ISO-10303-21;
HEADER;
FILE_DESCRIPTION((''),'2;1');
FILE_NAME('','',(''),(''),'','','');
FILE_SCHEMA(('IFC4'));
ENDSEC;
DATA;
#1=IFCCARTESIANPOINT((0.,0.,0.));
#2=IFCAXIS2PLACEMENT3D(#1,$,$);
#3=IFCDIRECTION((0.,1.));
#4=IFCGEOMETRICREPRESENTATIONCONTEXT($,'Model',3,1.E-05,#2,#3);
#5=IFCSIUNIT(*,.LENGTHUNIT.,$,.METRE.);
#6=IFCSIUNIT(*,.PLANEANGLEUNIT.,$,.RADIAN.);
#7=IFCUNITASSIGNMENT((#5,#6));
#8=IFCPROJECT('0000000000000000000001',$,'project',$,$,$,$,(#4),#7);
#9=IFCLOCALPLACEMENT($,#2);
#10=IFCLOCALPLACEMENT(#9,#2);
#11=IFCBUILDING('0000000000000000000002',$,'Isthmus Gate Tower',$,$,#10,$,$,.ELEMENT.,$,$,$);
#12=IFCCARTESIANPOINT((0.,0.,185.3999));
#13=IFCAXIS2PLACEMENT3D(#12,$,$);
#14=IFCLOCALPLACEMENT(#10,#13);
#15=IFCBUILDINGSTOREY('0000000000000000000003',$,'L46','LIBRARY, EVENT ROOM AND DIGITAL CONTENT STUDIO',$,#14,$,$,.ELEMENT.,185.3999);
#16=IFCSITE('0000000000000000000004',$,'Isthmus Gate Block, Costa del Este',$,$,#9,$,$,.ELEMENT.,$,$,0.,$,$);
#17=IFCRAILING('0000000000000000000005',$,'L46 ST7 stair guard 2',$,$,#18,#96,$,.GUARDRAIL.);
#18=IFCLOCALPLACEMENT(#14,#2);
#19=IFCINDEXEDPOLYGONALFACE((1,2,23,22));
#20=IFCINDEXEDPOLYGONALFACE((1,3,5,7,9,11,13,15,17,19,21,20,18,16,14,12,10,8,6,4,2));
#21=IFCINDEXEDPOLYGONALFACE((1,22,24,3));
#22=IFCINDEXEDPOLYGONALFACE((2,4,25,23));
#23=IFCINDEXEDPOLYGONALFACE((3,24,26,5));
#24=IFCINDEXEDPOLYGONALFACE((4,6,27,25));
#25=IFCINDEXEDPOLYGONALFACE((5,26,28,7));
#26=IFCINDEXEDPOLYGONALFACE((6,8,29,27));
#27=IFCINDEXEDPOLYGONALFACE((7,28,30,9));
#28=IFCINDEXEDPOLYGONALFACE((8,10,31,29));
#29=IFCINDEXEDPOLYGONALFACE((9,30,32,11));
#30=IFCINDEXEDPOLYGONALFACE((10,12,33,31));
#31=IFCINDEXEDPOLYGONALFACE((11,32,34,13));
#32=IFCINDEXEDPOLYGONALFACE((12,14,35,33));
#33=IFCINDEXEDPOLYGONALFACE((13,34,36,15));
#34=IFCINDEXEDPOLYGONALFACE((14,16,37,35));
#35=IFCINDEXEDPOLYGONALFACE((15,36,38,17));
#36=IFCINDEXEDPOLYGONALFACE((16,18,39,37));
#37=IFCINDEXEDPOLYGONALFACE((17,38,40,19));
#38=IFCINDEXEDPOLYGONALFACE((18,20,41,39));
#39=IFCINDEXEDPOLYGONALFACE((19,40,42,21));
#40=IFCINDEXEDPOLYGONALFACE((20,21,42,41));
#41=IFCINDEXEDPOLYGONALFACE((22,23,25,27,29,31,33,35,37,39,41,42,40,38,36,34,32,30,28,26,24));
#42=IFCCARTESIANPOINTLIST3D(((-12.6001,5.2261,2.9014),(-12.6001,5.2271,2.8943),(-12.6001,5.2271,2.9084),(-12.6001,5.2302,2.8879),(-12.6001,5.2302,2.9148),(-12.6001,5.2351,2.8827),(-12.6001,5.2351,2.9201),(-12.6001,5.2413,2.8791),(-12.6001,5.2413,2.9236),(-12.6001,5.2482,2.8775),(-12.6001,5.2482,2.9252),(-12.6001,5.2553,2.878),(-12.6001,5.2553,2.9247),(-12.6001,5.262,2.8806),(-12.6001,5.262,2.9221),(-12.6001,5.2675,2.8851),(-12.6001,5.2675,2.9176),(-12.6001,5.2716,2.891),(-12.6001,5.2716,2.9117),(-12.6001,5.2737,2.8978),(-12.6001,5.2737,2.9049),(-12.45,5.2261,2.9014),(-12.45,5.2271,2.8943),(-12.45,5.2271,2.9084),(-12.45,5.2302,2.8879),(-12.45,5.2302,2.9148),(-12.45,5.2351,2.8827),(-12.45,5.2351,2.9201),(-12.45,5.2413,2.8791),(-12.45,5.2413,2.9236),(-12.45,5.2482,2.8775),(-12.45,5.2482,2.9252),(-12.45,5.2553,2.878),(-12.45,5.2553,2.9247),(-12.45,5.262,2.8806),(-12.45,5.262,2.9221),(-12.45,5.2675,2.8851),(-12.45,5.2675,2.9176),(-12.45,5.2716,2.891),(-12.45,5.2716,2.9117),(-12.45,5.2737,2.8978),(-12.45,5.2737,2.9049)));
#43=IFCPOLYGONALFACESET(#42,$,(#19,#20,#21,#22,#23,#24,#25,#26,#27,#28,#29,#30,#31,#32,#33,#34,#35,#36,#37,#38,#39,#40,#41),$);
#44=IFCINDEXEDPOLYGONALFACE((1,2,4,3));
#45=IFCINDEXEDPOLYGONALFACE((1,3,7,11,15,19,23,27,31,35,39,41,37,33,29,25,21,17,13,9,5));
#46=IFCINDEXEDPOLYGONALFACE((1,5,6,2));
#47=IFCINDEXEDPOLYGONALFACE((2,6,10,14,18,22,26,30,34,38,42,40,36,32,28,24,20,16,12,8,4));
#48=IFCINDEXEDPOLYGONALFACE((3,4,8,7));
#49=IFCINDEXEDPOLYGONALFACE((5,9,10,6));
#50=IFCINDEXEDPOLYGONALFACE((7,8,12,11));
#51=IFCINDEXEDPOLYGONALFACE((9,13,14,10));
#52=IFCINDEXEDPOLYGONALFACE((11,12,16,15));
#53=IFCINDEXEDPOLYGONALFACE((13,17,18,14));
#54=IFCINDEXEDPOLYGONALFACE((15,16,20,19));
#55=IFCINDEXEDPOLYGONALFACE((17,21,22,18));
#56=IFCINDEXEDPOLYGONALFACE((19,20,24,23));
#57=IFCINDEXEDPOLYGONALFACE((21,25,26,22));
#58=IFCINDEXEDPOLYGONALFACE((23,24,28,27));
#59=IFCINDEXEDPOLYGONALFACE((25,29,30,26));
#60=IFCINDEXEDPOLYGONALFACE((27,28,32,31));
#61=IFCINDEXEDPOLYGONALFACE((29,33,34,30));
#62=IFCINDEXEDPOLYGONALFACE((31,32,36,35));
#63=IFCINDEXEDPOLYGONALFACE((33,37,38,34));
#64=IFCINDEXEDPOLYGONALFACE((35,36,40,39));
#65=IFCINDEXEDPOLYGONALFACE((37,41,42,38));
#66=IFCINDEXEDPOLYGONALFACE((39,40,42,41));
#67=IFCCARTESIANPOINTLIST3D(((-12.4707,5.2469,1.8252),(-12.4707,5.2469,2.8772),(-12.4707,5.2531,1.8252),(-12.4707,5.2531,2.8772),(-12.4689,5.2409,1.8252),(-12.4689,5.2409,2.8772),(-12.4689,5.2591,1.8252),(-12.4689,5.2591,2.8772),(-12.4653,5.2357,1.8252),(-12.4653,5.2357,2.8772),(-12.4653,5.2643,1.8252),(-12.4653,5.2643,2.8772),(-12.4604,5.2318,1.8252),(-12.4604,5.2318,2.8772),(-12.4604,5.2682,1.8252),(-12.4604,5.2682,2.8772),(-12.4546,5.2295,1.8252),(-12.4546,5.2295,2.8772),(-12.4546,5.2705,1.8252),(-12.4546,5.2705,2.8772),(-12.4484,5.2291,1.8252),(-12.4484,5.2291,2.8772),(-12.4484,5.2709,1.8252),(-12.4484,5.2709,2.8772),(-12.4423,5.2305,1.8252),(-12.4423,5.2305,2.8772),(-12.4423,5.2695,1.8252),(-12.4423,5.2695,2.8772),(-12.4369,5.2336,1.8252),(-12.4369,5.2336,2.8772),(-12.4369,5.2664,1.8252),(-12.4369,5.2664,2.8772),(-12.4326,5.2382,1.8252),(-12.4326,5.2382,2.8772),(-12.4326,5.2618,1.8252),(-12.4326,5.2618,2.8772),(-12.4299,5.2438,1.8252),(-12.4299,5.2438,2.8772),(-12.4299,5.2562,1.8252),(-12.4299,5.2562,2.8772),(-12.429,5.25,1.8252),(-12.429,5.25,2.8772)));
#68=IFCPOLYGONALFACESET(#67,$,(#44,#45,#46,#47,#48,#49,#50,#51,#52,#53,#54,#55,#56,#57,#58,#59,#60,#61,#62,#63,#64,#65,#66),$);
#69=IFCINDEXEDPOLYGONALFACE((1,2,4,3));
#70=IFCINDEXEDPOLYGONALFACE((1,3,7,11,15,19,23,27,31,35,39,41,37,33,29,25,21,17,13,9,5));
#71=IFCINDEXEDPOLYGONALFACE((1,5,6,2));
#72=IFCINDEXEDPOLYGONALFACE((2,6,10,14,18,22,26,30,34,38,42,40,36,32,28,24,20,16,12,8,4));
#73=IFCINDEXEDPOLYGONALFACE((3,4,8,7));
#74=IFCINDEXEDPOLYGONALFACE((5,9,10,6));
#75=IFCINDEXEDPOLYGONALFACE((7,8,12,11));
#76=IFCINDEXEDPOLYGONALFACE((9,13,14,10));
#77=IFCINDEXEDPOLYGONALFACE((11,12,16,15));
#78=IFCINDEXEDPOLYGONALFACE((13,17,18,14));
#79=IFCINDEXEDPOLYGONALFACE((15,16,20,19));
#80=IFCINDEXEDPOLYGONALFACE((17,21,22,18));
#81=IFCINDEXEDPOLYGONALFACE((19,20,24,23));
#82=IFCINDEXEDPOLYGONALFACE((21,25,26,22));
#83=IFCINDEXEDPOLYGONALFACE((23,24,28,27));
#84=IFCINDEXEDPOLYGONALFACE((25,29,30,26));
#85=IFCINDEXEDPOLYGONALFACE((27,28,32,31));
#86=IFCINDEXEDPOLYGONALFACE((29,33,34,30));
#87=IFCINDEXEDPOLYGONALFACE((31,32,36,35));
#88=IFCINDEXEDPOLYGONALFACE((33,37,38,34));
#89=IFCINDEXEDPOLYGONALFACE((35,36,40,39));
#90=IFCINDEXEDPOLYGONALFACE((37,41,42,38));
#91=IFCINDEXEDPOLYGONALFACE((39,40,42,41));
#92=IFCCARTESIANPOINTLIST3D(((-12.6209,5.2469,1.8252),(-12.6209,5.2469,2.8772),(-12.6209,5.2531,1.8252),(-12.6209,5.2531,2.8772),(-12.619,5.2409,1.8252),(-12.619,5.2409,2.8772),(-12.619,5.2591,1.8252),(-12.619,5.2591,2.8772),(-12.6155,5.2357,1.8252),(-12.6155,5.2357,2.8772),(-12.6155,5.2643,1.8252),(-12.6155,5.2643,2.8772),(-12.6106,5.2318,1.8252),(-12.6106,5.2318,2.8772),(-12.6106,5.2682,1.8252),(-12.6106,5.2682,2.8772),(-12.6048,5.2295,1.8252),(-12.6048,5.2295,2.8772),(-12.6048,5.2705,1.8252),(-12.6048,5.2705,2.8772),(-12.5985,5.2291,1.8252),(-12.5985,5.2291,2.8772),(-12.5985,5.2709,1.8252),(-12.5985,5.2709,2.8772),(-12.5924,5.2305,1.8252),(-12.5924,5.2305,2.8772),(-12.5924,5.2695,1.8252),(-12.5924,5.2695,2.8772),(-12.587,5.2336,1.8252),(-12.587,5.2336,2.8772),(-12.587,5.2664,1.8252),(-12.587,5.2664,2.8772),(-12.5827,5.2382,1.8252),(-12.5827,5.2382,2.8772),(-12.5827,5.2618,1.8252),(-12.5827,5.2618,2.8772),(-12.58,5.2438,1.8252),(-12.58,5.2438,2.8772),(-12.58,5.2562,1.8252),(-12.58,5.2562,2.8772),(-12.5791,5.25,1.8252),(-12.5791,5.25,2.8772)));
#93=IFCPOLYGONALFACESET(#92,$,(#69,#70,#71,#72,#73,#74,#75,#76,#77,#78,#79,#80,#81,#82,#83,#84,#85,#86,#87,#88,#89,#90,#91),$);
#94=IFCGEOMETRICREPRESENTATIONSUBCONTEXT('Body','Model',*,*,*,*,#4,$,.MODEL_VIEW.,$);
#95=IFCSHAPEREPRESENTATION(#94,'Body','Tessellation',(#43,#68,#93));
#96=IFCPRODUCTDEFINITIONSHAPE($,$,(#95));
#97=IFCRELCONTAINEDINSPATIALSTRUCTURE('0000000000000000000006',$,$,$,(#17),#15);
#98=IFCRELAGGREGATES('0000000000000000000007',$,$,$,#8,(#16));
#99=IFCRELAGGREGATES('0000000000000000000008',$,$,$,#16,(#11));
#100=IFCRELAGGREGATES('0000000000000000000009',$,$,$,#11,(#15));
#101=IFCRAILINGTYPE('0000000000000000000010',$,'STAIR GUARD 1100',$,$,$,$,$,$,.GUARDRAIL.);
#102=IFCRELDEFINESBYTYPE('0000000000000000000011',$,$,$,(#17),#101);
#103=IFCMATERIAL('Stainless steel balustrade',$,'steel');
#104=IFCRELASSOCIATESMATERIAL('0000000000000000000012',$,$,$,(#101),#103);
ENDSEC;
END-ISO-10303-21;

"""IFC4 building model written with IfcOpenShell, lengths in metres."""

from ifc_helpers import new_model, si_unit, direction, frame, origin, origin_2d, place, context, subcontext, project, spatial, circle, extrude, material, type_object, element, save


model = new_model("IFC4")

# Units and contexts
model_context = context("Model", 3, precision=1e-05, world=origin(), true_north=direction((0.0, 1.0)))
body_context = subcontext(model_context, "Body", "Model", "MODEL_VIEW")
ifc_project = project(units=[si_unit("LENGTHUNIT", "METRE"), si_unit("PLANEANGLEUNIT", "RADIAN")], contexts=[model_context])

# Site, building, storey
site_placement = place(None, origin())
site = spatial("IfcSite", under=ifc_project, at=site_placement, Name="Isthmus Gate Block, Costa del Este", CompositionType="ELEMENT", RefElevation=0.0)
building_placement = place(site_placement, origin())
building = spatial("IfcBuilding", under=site, at=building_placement, Name="Isthmus Gate Tower", CompositionType="ELEMENT")
storey_placement = place(building_placement, frame((0.0, 0.0, 185.3999)))
storey = spatial("IfcBuildingStorey", under=building, at=storey_placement, Name="L46", Description="LIBRARY, EVENT ROOM AND DIGITAL CONTENT STUDIO", CompositionType="ELEMENT", Elevation=185.3999)

# Railing
ifc_material_1 = material(Name="Stainless steel balustrade", Category="steel")
railing_type_1 = type_object("IfcRailingType", Name="STAIR GUARD 1100", PredefinedType="GUARDRAIL", material=ifc_material_1)
railing_1_placement = place(storey_placement, frame((-12.45, 5.25, 1.8252)))
element("IfcRailing", 1, at=railing_1_placement, inside=storey, type_object=railing_type_1, Name="L46 ST7 stair guard 2", PredefinedType="GUARDRAIL", context=body_context, shape_type="SweptSolid", body=[
    extrude(circle(Radius=0.0239, at=origin_2d()), frame((0.0, 0.0, 1.0762), z_axis=(-1.0, 0.0, 0.0), x_axis=(0.0, -1.0, 0.0)), (0.0, 0.0, 1.0), 0.1501),
    extrude(circle(Radius=0.021, at=origin_2d()), origin(), (0.0, 0.0, 1.0), 1.052),
    extrude(circle(Radius=0.021, at=origin_2d()), frame((-0.1501, 0.0, 0.0)), (0.0, 0.0, 1.0), 1.052),
])

save(model, "model.ifc")
